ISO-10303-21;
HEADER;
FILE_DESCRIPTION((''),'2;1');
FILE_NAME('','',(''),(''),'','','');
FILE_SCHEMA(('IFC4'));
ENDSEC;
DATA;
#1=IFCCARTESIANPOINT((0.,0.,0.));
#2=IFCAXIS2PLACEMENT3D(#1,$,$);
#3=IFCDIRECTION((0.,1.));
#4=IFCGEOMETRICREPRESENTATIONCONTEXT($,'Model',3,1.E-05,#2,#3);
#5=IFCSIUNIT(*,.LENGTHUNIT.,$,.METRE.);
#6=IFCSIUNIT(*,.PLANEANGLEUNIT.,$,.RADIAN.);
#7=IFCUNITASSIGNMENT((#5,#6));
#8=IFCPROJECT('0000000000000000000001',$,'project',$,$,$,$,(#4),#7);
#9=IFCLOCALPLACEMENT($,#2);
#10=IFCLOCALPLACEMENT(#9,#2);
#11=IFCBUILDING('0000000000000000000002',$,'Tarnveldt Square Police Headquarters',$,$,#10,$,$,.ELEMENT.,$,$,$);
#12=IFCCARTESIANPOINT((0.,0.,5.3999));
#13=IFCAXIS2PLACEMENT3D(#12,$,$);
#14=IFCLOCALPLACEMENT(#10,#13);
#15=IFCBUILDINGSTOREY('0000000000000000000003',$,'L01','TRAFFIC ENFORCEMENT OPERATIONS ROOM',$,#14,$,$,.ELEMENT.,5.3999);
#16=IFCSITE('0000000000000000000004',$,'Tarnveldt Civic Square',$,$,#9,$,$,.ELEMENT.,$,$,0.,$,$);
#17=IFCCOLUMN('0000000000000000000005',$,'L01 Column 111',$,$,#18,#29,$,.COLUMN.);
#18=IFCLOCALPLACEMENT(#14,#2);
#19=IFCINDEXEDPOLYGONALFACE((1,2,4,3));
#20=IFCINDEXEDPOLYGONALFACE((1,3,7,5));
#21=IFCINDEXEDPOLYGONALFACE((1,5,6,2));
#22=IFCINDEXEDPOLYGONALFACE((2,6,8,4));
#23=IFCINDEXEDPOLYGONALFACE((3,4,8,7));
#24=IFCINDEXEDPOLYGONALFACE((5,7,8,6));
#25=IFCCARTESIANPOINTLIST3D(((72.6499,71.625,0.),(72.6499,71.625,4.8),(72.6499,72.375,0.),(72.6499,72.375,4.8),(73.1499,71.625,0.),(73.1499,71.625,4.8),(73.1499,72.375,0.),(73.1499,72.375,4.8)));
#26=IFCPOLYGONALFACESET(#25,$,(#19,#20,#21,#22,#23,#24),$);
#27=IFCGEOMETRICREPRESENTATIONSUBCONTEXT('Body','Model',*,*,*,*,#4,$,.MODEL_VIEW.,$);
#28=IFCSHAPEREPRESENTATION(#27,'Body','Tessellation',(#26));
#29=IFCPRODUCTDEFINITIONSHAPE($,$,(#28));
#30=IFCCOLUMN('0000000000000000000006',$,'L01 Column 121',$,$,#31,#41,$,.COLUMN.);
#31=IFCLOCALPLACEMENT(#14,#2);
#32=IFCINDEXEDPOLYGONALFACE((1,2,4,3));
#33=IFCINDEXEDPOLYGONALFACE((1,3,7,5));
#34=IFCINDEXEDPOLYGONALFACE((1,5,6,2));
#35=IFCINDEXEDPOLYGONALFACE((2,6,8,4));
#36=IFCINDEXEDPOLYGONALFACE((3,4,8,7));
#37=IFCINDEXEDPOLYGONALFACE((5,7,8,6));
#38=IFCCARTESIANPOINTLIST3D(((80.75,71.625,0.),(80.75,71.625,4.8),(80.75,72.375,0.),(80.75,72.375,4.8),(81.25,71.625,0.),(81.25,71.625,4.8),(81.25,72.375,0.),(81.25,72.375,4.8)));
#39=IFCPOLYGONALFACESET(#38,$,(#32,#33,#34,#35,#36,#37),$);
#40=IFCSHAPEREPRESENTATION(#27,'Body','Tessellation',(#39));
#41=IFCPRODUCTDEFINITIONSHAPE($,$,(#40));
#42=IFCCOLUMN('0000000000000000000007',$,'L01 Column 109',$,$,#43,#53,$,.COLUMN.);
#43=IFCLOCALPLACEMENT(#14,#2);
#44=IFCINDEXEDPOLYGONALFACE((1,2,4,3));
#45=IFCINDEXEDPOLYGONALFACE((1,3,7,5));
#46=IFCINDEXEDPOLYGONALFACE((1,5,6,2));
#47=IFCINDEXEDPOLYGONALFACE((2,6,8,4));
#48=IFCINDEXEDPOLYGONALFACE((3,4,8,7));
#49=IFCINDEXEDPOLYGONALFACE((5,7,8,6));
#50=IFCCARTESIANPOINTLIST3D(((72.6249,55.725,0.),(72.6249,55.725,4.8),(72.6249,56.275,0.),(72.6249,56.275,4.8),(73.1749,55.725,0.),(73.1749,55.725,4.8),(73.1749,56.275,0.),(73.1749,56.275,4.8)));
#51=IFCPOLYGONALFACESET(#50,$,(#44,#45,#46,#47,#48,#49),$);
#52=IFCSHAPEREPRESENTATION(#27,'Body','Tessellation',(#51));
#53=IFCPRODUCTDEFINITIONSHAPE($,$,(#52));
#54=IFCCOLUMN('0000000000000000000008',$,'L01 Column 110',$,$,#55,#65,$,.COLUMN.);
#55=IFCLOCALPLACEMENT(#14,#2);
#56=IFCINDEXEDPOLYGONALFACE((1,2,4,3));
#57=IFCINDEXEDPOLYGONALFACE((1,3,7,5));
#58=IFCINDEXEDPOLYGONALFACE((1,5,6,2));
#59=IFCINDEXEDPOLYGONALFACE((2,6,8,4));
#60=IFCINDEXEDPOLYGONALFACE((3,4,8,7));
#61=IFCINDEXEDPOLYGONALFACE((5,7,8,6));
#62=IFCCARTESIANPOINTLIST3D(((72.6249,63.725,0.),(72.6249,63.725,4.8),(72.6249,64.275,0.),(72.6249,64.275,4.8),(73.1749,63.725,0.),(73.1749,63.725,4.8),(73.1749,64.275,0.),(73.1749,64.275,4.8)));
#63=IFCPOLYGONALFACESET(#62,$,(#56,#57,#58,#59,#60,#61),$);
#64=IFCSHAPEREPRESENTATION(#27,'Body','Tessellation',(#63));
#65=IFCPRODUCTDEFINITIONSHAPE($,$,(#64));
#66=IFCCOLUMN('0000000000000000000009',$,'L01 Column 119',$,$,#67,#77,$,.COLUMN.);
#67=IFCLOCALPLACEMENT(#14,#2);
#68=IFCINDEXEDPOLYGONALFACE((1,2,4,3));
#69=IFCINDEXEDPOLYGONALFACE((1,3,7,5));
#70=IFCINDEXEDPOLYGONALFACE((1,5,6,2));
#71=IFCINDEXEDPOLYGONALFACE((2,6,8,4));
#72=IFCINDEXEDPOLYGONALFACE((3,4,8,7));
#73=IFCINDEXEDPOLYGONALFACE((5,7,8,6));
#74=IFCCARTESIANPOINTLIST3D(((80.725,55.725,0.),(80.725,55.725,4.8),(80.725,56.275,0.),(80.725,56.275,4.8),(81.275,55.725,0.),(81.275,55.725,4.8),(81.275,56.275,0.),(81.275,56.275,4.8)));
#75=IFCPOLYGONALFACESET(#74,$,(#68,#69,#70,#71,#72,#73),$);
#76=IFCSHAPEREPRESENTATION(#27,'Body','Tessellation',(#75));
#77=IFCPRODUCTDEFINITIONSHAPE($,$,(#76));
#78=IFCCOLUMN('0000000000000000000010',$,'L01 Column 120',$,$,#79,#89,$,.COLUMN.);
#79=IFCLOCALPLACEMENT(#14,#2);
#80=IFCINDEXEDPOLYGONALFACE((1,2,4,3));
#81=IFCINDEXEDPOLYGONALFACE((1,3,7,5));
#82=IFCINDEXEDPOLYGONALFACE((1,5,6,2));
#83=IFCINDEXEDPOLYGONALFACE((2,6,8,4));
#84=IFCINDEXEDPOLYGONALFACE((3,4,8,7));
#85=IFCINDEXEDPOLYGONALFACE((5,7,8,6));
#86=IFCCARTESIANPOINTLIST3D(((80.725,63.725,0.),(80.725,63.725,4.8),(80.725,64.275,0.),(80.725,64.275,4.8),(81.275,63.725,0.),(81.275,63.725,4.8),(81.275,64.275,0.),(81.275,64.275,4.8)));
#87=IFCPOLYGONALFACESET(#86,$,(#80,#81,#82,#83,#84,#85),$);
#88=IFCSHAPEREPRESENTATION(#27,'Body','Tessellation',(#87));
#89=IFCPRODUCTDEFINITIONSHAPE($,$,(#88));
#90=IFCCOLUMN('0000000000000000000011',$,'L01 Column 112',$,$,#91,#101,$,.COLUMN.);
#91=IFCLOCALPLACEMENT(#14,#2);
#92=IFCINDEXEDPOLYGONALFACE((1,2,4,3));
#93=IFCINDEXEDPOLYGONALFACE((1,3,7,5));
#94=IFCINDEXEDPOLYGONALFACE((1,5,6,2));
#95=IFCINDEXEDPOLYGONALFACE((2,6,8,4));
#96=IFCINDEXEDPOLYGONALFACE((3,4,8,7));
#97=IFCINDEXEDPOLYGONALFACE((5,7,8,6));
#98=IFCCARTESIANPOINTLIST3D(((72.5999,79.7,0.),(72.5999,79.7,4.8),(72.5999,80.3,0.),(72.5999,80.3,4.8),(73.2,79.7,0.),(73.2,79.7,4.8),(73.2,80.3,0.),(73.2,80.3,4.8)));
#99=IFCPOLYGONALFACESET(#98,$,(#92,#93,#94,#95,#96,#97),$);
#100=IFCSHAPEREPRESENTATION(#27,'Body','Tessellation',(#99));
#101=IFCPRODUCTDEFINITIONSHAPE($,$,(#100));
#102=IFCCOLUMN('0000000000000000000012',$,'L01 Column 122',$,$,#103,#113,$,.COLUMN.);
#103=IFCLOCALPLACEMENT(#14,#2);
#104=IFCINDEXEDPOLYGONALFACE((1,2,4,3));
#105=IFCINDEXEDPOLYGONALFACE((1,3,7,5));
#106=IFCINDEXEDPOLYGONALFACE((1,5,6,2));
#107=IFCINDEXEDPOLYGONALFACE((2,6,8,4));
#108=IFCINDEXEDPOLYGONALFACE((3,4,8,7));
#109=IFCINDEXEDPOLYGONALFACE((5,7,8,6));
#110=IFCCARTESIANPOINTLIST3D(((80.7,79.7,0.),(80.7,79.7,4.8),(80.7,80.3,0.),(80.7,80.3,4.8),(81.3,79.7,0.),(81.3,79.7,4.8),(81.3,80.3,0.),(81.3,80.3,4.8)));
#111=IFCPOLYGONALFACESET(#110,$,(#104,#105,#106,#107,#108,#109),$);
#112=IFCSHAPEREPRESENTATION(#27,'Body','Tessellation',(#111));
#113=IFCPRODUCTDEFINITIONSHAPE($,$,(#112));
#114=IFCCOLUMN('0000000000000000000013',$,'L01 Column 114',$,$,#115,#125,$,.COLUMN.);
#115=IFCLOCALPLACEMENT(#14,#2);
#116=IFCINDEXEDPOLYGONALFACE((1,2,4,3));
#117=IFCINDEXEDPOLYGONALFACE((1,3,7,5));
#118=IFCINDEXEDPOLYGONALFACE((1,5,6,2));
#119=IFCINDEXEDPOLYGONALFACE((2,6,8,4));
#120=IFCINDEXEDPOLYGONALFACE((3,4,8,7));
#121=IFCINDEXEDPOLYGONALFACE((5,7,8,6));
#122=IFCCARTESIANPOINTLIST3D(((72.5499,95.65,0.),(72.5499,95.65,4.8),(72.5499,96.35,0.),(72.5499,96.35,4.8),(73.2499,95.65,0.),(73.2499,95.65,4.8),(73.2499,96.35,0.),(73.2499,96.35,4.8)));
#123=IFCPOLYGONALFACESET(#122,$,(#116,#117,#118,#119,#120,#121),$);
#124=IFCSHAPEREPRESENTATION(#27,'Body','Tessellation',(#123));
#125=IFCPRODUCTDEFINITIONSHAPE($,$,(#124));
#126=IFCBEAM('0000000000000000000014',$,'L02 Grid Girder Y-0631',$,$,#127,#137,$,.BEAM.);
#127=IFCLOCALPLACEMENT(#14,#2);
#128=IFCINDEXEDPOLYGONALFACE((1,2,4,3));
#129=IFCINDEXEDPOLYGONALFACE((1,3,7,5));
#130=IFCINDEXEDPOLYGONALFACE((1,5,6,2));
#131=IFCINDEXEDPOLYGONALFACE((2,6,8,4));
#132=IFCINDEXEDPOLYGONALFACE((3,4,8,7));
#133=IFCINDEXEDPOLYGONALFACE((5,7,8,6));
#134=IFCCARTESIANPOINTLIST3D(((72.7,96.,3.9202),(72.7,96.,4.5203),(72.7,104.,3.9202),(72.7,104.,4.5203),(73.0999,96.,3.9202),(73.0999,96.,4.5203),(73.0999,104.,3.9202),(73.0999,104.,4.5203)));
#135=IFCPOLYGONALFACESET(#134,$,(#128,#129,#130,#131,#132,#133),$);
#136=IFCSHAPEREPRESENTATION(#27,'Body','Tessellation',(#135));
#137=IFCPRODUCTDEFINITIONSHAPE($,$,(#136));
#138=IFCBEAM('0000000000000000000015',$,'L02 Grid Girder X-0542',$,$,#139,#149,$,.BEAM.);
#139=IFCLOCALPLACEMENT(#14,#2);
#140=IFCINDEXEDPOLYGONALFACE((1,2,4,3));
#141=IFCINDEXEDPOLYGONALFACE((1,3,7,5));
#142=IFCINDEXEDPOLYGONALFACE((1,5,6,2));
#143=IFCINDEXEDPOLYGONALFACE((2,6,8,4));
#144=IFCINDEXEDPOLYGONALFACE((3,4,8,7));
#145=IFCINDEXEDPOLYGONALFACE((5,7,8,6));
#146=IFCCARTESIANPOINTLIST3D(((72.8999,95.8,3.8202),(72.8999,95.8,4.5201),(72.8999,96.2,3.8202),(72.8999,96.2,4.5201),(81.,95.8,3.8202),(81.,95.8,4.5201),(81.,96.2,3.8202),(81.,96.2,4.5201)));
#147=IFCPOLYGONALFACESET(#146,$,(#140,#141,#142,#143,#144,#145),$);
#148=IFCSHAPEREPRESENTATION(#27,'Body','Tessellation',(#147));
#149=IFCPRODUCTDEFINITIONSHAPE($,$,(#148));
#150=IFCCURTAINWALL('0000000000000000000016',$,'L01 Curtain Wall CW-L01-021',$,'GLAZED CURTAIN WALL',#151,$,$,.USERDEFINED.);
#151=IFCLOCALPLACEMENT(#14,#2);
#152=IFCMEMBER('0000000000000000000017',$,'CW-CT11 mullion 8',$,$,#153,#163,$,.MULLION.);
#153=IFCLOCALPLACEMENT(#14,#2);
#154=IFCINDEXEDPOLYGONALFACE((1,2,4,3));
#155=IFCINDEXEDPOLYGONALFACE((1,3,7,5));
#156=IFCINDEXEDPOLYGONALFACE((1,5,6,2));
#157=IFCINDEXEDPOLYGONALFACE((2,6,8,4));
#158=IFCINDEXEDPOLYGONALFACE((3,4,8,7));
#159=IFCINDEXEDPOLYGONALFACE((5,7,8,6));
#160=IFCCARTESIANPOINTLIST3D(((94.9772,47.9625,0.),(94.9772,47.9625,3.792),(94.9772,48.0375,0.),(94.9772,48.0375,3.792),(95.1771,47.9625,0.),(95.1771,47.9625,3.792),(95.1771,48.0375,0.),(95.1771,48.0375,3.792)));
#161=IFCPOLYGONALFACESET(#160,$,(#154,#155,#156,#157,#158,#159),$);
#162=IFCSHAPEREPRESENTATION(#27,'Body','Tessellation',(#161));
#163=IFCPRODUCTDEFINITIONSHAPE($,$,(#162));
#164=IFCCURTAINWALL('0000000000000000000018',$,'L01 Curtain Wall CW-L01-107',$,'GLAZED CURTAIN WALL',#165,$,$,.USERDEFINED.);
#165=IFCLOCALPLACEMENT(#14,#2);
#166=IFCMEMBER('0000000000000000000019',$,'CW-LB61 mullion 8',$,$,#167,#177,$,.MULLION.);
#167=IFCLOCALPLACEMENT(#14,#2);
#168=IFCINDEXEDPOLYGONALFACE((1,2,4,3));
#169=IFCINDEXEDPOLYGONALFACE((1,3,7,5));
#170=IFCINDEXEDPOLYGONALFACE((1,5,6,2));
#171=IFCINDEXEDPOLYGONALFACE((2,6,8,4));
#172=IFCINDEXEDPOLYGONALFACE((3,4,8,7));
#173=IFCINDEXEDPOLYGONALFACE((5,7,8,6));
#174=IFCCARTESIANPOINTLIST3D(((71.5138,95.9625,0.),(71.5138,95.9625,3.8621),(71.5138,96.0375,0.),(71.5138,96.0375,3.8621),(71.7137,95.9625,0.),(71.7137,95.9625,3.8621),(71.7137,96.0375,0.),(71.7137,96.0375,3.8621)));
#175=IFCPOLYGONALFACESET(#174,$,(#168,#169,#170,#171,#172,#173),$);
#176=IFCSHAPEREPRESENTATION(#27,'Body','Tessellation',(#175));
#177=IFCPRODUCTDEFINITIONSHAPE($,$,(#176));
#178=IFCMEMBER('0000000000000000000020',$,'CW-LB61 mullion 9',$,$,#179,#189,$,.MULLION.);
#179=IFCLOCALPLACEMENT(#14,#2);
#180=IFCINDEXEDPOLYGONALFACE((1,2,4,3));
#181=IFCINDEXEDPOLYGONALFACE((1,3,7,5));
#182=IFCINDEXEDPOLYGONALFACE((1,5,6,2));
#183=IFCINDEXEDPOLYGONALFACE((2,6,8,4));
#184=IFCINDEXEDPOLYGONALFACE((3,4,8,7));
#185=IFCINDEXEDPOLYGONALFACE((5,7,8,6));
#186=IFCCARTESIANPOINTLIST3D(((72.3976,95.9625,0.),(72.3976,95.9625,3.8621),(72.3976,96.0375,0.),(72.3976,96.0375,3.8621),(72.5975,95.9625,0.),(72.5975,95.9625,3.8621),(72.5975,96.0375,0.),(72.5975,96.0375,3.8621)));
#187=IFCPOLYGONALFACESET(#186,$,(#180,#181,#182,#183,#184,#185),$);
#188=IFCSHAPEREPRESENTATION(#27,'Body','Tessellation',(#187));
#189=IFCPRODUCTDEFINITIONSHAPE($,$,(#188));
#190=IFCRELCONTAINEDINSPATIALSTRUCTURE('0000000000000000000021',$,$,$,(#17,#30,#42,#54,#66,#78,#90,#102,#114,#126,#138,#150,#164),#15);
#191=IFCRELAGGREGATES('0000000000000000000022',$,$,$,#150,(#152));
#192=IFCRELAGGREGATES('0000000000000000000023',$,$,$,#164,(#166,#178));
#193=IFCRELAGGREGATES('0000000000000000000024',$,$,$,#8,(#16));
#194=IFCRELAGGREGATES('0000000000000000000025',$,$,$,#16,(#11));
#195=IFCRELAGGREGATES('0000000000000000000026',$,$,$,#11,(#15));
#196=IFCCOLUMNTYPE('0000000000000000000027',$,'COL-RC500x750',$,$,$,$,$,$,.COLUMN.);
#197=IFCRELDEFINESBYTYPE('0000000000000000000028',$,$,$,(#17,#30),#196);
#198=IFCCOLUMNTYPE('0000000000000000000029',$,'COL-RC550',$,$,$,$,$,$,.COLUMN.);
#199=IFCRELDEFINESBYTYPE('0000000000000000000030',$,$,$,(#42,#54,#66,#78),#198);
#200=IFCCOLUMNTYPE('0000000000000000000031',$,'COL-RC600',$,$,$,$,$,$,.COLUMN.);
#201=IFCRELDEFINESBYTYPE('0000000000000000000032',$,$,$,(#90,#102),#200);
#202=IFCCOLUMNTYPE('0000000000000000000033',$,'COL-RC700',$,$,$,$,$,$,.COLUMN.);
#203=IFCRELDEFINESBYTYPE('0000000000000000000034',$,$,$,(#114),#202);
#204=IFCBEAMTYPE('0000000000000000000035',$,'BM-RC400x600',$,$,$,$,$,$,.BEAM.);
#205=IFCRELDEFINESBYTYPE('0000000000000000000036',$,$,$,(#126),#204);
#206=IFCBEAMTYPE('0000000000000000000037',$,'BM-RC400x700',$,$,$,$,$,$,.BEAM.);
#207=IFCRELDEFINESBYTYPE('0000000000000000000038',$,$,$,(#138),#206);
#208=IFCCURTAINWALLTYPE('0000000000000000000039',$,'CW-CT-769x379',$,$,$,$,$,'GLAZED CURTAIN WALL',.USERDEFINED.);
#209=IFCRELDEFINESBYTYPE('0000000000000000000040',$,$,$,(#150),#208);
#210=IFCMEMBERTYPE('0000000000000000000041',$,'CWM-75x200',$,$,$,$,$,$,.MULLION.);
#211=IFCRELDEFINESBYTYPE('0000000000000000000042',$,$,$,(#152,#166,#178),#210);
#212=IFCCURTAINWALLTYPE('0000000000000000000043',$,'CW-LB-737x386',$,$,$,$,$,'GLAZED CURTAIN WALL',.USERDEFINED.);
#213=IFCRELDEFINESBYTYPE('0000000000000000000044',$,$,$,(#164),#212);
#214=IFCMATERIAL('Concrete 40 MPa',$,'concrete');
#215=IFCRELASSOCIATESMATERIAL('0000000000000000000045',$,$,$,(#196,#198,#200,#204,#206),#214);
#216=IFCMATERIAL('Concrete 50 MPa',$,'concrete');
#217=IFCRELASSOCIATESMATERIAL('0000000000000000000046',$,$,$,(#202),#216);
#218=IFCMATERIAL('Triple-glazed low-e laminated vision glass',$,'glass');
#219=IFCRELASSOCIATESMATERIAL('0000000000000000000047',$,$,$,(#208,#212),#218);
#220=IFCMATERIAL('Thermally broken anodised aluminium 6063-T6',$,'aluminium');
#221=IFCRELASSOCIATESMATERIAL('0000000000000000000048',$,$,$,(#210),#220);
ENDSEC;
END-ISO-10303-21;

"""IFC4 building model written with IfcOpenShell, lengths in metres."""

from ifc_helpers import new_model, si_unit, direction, frame, origin, origin_2d, place, context, subcontext, project, spatial, rectangle, extrude, material, material_profile, profile_set, type_object, element, aggregate, save


model = new_model("IFC4")

# Units and contexts
model_context = context("Model", 3, precision=1e-05, world=origin(), true_north=direction((0.0, 1.0)))
body_context = subcontext(model_context, "Body", "Model", "MODEL_VIEW")
ifc_project = project(units=[si_unit("LENGTHUNIT", "METRE"), si_unit("PLANEANGLEUNIT", "RADIAN")], contexts=[model_context])

# Site, building, storey
site_placement = place(None, origin())
site = spatial("IfcSite", under=ifc_project, at=site_placement, Name="Tarnveldt Civic Square", CompositionType="ELEMENT", RefElevation=0.0)
building_placement = place(site_placement, origin())
building = spatial("IfcBuilding", under=site, at=building_placement, Name="Tarnveldt Square Police Headquarters", CompositionType="ELEMENT")
storey_placement = place(building_placement, frame((0.0, 0.0, 5.3999)))
storey = spatial("IfcBuildingStorey", under=building, at=storey_placement, Name="L01", Description="TRAFFIC ENFORCEMENT OPERATIONS ROOM", CompositionType="ELEMENT", Elevation=5.3999)

# Columns
ifc_material_1 = material(Name="Concrete 40 MPa", Category="concrete")
ifc_material_profile_1 = material_profile(ifc_material_1, rectangle(XDim=0.5, YDim=0.75, at=origin_2d()), Name="RC-C500x750")
ifc_profile_set_1 = profile_set([ifc_material_profile_1], Name="Concrete 40 MPa")
column_type_1 = type_object("IfcColumnType", Name="COL-RC500x750", PredefinedType="COLUMN", material=ifc_profile_set_1)
for number, where, z_axis, x_axis, name in (
    (1, (72.8999, 72.0, 0.0), (0.0, 0.0, 1.0), (1.0, 0.0, 0.0), "L01 Column 111"),
    (2, (81.0, 72.0, 0.0), (0.0, 0.0, 1.0), (1.0, 0.0, 0.0), "L01 Column 121"),
):
    element("IfcColumn", number, at=place(storey_placement, frame(where, z_axis=z_axis, x_axis=x_axis)), inside=storey, type_object=column_type_1, Name=name, PredefinedType="COLUMN", context=body_context, shape_type="SweptSolid", body=[
        extrude(rectangle(XDim=0.5, YDim=0.75, at=origin_2d()), origin(), (0.0, 0.0, 1.0), 4.8),
    ])
ifc_material_profile_2 = material_profile(ifc_material_1, rectangle(XDim=0.55, YDim=0.55, at=origin_2d()), Name="RC-C550x550")
ifc_profile_set_2 = profile_set([ifc_material_profile_2], Name="Concrete 40 MPa")
column_type_2 = type_object("IfcColumnType", Name="COL-RC550", PredefinedType="COLUMN", material=ifc_profile_set_2)
for number, where, z_axis, x_axis, name in (
    (3, (72.8999, 56.0, 0.0), (0.0, 0.0, 1.0), (1.0, 0.0, 0.0), "L01 Column 109"),
    (4, (72.8999, 64.0, 0.0), (0.0, 0.0, 1.0), (1.0, 0.0, 0.0), "L01 Column 110"),
    (5, (81.0, 56.0, 0.0), (0.0, 0.0, 1.0), (1.0, 0.0, 0.0), "L01 Column 119"),
    (6, (81.0, 64.0, 0.0), (0.0, 0.0, 1.0), (1.0, 0.0, 0.0), "L01 Column 120"),
):
    element("IfcColumn", number, at=place(storey_placement, frame(where, z_axis=z_axis, x_axis=x_axis)), inside=storey, type_object=column_type_2, Name=name, PredefinedType="COLUMN", context=body_context, shape_type="SweptSolid", body=[
        extrude(rectangle(XDim=0.55, YDim=0.55, at=origin_2d()), origin(), (0.0, 0.0, 1.0), 4.8),
    ])
ifc_material_profile_3 = material_profile(ifc_material_1, rectangle(XDim=0.6001, YDim=0.6001, at=origin_2d()), Name="RC-C600x600")
ifc_profile_set_3 = profile_set([ifc_material_profile_3], Name="Concrete 40 MPa")
column_type_3 = type_object("IfcColumnType", Name="COL-RC600", PredefinedType="COLUMN", material=ifc_profile_set_3)
for number, where, z_axis, x_axis, name in (
    (7, (72.8999, 80.0, 0.0), (0.0, 0.0, 1.0), (1.0, 0.0, 0.0), "L01 Column 112"),
    (8, (81.0, 80.0, 0.0), (0.0, 0.0, 1.0), (1.0, 0.0, 0.0), "L01 Column 122"),
):
    element("IfcColumn", number, at=place(storey_placement, frame(where, z_axis=z_axis, x_axis=x_axis)), inside=storey, type_object=column_type_3, Name=name, PredefinedType="COLUMN", context=body_context, shape_type="SweptSolid", body=[
        extrude(rectangle(XDim=0.6001, YDim=0.6001, at=origin_2d()), origin(), (0.0, 0.0, 1.0), 4.8),
    ])
ifc_material_2 = material(Name="Concrete 50 MPa", Category="concrete")
ifc_material_profile_4 = material_profile(ifc_material_2, rectangle(XDim=0.7, YDim=0.7, at=origin_2d()), Name="RC-C700x700")
ifc_profile_set_4 = profile_set([ifc_material_profile_4], Name="Concrete 50 MPa")
column_type_4 = type_object("IfcColumnType", Name="COL-RC700", PredefinedType="COLUMN", material=ifc_profile_set_4)
column_placement = place(storey_placement, frame((72.8999, 96.0, 0.0), z_axis=(0.0, 0.0, 1.0), x_axis=(1.0, 0.0, 0.0)))
element("IfcColumn", 9, at=column_placement, inside=storey, type_object=column_type_4, Name="L01 Column 114", PredefinedType="COLUMN", context=body_context, shape_type="SweptSolid", body=[
    extrude(rectangle(XDim=0.7, YDim=0.7, at=origin_2d()), origin(), (0.0, 0.0, 1.0), 4.8),
])

# Beams
ifc_material_profile_5 = material_profile(ifc_material_1, rectangle(XDim=0.3999, YDim=0.6001, at=origin_2d()), Name="RC-B400x600")
ifc_profile_set_5 = profile_set([ifc_material_profile_5], Name="Concrete 40 MPa")
beam_type_1 = type_object("IfcBeamType", Name="BM-RC400x600", PredefinedType="BEAM", material=ifc_profile_set_5)
beam_1_placement = place(storey_placement, frame((72.8999, 96.0, 4.2202), z_axis=(0.0, 1.0, 0.0), x_axis=(-1.0, 0.0, 0.0)))
element("IfcBeam", 10, at=beam_1_placement, inside=storey, type_object=beam_type_1, Name="L02 Grid Girder Y-0631", PredefinedType="BEAM", context=body_context, shape_type="SweptSolid", body=[
    extrude(rectangle(XDim=0.3999, YDim=0.6001, at=origin_2d()), origin(), (0.0, 0.0, 1.0), 8.0),
])
ifc_material_profile_6 = material_profile(ifc_material_1, rectangle(XDim=0.3999, YDim=0.7, at=origin_2d()), Name="RC-B400x700")
ifc_profile_set_6 = profile_set([ifc_material_profile_6], Name="Concrete 40 MPa")
beam_type_2 = type_object("IfcBeamType", Name="BM-RC400x700", PredefinedType="BEAM", material=ifc_profile_set_6)
beam_2_placement = place(storey_placement, frame((72.8999, 96.0, 4.1702), z_axis=(1.0, 0.0, 0.0), x_axis=(0.0, 1.0, 0.0)))
element("IfcBeam", 11, at=beam_2_placement, inside=storey, type_object=beam_type_2, Name="L02 Grid Girder X-0542", PredefinedType="BEAM", context=body_context, shape_type="SweptSolid", body=[
    extrude(rectangle(XDim=0.3999, YDim=0.7, at=origin_2d()), origin(), (0.0, 0.0, 1.0), 8.1001),
])

# Curtain wall, member
ifc_material_3 = material(Name="Triple-glazed low-e laminated vision glass", Category="glass")
curtain_wall_type_1 = type_object("IfcCurtainWallType", Name="CW-CT-769x379", ElementType="GLAZED CURTAIN WALL", PredefinedType="USERDEFINED", material=ifc_material_3)
curtain_wall_1_placement = place(storey_placement, origin())
curtain_wall_1 = element("IfcCurtainWall", 12, at=curtain_wall_1_placement, inside=storey, type_object=curtain_wall_type_1, Name="L01 Curtain Wall CW-L01-021", ObjectType="GLAZED CURTAIN WALL", PredefinedType="USERDEFINED")
ifc_material_4 = material(Name="Thermally broken anodised aluminium 6063-T6", Category="aluminium")
ifc_material_profile_7 = material_profile(ifc_material_4, rectangle(XDim=0.075, YDim=0.2, at=origin_2d()), Name="CW-M75x200")
ifc_profile_set_7 = profile_set([ifc_material_profile_7], Name="Thermally broken anodised aluminium 6063-T6")
member_type_1 = type_object("IfcMemberType", Name="CWM-75x200", PredefinedType="MULLION", material=ifc_profile_set_7)
member_1_placement = place(storey_placement, frame((95.0771, 48.0, 0.0), z_axis=(0.0, 0.0, 1.0), x_axis=(0.0, 1.0, 0.0)))
member_1 = element("IfcMember", 13, at=member_1_placement, type_object=member_type_1, Name="CW-CT11 mullion 8", PredefinedType="MULLION", context=body_context, shape_type="SweptSolid", body=[
    extrude(rectangle(XDim=0.075, YDim=0.2, at=origin_2d()), origin(), (0.0, 0.0, 1.0), 3.792),
])

# Curtain wall, members
curtain_wall_type_2 = type_object("IfcCurtainWallType", Name="CW-LB-737x386", ElementType="GLAZED CURTAIN WALL", PredefinedType="USERDEFINED", material=ifc_material_3)
curtain_wall_2_placement = place(storey_placement, origin())
curtain_wall_2 = element("IfcCurtainWall", 14, at=curtain_wall_2_placement, inside=storey, type_object=curtain_wall_type_2, Name="L01 Curtain Wall CW-L01-107", ObjectType="GLAZED CURTAIN WALL", PredefinedType="USERDEFINED")
member_2_placement = place(storey_placement, frame((71.6138, 96.0, 0.0), z_axis=(0.0, 0.0, 1.0), x_axis=(0.0, 1.0, 0.0)))
member_2 = element("IfcMember", 15, at=member_2_placement, type_object=member_type_1, Name="CW-LB61 mullion 8", PredefinedType="MULLION", context=body_context, shape_type="SweptSolid", body=[
    extrude(rectangle(XDim=0.075, YDim=0.2, at=origin_2d()), origin(), (0.0, 0.0, 1.0), 3.8621),
])
member_3_placement = place(storey_placement, frame((72.4976, 96.0, 0.0), z_axis=(0.0, 0.0, 1.0), x_axis=(0.0, 1.0, 0.0)))
member_3 = element("IfcMember", 16, at=member_3_placement, type_object=member_type_1, Name="CW-LB61 mullion 9", PredefinedType="MULLION", context=body_context, shape_type="SweptSolid", body=[
    extrude(rectangle(XDim=0.075, YDim=0.2, at=origin_2d()), origin(), (0.0, 0.0, 1.0), 3.8621),
])

aggregate(curtain_wall_1, [member_1])
aggregate(curtain_wall_2, [member_2, member_3])

save(model, "model.ifc")
